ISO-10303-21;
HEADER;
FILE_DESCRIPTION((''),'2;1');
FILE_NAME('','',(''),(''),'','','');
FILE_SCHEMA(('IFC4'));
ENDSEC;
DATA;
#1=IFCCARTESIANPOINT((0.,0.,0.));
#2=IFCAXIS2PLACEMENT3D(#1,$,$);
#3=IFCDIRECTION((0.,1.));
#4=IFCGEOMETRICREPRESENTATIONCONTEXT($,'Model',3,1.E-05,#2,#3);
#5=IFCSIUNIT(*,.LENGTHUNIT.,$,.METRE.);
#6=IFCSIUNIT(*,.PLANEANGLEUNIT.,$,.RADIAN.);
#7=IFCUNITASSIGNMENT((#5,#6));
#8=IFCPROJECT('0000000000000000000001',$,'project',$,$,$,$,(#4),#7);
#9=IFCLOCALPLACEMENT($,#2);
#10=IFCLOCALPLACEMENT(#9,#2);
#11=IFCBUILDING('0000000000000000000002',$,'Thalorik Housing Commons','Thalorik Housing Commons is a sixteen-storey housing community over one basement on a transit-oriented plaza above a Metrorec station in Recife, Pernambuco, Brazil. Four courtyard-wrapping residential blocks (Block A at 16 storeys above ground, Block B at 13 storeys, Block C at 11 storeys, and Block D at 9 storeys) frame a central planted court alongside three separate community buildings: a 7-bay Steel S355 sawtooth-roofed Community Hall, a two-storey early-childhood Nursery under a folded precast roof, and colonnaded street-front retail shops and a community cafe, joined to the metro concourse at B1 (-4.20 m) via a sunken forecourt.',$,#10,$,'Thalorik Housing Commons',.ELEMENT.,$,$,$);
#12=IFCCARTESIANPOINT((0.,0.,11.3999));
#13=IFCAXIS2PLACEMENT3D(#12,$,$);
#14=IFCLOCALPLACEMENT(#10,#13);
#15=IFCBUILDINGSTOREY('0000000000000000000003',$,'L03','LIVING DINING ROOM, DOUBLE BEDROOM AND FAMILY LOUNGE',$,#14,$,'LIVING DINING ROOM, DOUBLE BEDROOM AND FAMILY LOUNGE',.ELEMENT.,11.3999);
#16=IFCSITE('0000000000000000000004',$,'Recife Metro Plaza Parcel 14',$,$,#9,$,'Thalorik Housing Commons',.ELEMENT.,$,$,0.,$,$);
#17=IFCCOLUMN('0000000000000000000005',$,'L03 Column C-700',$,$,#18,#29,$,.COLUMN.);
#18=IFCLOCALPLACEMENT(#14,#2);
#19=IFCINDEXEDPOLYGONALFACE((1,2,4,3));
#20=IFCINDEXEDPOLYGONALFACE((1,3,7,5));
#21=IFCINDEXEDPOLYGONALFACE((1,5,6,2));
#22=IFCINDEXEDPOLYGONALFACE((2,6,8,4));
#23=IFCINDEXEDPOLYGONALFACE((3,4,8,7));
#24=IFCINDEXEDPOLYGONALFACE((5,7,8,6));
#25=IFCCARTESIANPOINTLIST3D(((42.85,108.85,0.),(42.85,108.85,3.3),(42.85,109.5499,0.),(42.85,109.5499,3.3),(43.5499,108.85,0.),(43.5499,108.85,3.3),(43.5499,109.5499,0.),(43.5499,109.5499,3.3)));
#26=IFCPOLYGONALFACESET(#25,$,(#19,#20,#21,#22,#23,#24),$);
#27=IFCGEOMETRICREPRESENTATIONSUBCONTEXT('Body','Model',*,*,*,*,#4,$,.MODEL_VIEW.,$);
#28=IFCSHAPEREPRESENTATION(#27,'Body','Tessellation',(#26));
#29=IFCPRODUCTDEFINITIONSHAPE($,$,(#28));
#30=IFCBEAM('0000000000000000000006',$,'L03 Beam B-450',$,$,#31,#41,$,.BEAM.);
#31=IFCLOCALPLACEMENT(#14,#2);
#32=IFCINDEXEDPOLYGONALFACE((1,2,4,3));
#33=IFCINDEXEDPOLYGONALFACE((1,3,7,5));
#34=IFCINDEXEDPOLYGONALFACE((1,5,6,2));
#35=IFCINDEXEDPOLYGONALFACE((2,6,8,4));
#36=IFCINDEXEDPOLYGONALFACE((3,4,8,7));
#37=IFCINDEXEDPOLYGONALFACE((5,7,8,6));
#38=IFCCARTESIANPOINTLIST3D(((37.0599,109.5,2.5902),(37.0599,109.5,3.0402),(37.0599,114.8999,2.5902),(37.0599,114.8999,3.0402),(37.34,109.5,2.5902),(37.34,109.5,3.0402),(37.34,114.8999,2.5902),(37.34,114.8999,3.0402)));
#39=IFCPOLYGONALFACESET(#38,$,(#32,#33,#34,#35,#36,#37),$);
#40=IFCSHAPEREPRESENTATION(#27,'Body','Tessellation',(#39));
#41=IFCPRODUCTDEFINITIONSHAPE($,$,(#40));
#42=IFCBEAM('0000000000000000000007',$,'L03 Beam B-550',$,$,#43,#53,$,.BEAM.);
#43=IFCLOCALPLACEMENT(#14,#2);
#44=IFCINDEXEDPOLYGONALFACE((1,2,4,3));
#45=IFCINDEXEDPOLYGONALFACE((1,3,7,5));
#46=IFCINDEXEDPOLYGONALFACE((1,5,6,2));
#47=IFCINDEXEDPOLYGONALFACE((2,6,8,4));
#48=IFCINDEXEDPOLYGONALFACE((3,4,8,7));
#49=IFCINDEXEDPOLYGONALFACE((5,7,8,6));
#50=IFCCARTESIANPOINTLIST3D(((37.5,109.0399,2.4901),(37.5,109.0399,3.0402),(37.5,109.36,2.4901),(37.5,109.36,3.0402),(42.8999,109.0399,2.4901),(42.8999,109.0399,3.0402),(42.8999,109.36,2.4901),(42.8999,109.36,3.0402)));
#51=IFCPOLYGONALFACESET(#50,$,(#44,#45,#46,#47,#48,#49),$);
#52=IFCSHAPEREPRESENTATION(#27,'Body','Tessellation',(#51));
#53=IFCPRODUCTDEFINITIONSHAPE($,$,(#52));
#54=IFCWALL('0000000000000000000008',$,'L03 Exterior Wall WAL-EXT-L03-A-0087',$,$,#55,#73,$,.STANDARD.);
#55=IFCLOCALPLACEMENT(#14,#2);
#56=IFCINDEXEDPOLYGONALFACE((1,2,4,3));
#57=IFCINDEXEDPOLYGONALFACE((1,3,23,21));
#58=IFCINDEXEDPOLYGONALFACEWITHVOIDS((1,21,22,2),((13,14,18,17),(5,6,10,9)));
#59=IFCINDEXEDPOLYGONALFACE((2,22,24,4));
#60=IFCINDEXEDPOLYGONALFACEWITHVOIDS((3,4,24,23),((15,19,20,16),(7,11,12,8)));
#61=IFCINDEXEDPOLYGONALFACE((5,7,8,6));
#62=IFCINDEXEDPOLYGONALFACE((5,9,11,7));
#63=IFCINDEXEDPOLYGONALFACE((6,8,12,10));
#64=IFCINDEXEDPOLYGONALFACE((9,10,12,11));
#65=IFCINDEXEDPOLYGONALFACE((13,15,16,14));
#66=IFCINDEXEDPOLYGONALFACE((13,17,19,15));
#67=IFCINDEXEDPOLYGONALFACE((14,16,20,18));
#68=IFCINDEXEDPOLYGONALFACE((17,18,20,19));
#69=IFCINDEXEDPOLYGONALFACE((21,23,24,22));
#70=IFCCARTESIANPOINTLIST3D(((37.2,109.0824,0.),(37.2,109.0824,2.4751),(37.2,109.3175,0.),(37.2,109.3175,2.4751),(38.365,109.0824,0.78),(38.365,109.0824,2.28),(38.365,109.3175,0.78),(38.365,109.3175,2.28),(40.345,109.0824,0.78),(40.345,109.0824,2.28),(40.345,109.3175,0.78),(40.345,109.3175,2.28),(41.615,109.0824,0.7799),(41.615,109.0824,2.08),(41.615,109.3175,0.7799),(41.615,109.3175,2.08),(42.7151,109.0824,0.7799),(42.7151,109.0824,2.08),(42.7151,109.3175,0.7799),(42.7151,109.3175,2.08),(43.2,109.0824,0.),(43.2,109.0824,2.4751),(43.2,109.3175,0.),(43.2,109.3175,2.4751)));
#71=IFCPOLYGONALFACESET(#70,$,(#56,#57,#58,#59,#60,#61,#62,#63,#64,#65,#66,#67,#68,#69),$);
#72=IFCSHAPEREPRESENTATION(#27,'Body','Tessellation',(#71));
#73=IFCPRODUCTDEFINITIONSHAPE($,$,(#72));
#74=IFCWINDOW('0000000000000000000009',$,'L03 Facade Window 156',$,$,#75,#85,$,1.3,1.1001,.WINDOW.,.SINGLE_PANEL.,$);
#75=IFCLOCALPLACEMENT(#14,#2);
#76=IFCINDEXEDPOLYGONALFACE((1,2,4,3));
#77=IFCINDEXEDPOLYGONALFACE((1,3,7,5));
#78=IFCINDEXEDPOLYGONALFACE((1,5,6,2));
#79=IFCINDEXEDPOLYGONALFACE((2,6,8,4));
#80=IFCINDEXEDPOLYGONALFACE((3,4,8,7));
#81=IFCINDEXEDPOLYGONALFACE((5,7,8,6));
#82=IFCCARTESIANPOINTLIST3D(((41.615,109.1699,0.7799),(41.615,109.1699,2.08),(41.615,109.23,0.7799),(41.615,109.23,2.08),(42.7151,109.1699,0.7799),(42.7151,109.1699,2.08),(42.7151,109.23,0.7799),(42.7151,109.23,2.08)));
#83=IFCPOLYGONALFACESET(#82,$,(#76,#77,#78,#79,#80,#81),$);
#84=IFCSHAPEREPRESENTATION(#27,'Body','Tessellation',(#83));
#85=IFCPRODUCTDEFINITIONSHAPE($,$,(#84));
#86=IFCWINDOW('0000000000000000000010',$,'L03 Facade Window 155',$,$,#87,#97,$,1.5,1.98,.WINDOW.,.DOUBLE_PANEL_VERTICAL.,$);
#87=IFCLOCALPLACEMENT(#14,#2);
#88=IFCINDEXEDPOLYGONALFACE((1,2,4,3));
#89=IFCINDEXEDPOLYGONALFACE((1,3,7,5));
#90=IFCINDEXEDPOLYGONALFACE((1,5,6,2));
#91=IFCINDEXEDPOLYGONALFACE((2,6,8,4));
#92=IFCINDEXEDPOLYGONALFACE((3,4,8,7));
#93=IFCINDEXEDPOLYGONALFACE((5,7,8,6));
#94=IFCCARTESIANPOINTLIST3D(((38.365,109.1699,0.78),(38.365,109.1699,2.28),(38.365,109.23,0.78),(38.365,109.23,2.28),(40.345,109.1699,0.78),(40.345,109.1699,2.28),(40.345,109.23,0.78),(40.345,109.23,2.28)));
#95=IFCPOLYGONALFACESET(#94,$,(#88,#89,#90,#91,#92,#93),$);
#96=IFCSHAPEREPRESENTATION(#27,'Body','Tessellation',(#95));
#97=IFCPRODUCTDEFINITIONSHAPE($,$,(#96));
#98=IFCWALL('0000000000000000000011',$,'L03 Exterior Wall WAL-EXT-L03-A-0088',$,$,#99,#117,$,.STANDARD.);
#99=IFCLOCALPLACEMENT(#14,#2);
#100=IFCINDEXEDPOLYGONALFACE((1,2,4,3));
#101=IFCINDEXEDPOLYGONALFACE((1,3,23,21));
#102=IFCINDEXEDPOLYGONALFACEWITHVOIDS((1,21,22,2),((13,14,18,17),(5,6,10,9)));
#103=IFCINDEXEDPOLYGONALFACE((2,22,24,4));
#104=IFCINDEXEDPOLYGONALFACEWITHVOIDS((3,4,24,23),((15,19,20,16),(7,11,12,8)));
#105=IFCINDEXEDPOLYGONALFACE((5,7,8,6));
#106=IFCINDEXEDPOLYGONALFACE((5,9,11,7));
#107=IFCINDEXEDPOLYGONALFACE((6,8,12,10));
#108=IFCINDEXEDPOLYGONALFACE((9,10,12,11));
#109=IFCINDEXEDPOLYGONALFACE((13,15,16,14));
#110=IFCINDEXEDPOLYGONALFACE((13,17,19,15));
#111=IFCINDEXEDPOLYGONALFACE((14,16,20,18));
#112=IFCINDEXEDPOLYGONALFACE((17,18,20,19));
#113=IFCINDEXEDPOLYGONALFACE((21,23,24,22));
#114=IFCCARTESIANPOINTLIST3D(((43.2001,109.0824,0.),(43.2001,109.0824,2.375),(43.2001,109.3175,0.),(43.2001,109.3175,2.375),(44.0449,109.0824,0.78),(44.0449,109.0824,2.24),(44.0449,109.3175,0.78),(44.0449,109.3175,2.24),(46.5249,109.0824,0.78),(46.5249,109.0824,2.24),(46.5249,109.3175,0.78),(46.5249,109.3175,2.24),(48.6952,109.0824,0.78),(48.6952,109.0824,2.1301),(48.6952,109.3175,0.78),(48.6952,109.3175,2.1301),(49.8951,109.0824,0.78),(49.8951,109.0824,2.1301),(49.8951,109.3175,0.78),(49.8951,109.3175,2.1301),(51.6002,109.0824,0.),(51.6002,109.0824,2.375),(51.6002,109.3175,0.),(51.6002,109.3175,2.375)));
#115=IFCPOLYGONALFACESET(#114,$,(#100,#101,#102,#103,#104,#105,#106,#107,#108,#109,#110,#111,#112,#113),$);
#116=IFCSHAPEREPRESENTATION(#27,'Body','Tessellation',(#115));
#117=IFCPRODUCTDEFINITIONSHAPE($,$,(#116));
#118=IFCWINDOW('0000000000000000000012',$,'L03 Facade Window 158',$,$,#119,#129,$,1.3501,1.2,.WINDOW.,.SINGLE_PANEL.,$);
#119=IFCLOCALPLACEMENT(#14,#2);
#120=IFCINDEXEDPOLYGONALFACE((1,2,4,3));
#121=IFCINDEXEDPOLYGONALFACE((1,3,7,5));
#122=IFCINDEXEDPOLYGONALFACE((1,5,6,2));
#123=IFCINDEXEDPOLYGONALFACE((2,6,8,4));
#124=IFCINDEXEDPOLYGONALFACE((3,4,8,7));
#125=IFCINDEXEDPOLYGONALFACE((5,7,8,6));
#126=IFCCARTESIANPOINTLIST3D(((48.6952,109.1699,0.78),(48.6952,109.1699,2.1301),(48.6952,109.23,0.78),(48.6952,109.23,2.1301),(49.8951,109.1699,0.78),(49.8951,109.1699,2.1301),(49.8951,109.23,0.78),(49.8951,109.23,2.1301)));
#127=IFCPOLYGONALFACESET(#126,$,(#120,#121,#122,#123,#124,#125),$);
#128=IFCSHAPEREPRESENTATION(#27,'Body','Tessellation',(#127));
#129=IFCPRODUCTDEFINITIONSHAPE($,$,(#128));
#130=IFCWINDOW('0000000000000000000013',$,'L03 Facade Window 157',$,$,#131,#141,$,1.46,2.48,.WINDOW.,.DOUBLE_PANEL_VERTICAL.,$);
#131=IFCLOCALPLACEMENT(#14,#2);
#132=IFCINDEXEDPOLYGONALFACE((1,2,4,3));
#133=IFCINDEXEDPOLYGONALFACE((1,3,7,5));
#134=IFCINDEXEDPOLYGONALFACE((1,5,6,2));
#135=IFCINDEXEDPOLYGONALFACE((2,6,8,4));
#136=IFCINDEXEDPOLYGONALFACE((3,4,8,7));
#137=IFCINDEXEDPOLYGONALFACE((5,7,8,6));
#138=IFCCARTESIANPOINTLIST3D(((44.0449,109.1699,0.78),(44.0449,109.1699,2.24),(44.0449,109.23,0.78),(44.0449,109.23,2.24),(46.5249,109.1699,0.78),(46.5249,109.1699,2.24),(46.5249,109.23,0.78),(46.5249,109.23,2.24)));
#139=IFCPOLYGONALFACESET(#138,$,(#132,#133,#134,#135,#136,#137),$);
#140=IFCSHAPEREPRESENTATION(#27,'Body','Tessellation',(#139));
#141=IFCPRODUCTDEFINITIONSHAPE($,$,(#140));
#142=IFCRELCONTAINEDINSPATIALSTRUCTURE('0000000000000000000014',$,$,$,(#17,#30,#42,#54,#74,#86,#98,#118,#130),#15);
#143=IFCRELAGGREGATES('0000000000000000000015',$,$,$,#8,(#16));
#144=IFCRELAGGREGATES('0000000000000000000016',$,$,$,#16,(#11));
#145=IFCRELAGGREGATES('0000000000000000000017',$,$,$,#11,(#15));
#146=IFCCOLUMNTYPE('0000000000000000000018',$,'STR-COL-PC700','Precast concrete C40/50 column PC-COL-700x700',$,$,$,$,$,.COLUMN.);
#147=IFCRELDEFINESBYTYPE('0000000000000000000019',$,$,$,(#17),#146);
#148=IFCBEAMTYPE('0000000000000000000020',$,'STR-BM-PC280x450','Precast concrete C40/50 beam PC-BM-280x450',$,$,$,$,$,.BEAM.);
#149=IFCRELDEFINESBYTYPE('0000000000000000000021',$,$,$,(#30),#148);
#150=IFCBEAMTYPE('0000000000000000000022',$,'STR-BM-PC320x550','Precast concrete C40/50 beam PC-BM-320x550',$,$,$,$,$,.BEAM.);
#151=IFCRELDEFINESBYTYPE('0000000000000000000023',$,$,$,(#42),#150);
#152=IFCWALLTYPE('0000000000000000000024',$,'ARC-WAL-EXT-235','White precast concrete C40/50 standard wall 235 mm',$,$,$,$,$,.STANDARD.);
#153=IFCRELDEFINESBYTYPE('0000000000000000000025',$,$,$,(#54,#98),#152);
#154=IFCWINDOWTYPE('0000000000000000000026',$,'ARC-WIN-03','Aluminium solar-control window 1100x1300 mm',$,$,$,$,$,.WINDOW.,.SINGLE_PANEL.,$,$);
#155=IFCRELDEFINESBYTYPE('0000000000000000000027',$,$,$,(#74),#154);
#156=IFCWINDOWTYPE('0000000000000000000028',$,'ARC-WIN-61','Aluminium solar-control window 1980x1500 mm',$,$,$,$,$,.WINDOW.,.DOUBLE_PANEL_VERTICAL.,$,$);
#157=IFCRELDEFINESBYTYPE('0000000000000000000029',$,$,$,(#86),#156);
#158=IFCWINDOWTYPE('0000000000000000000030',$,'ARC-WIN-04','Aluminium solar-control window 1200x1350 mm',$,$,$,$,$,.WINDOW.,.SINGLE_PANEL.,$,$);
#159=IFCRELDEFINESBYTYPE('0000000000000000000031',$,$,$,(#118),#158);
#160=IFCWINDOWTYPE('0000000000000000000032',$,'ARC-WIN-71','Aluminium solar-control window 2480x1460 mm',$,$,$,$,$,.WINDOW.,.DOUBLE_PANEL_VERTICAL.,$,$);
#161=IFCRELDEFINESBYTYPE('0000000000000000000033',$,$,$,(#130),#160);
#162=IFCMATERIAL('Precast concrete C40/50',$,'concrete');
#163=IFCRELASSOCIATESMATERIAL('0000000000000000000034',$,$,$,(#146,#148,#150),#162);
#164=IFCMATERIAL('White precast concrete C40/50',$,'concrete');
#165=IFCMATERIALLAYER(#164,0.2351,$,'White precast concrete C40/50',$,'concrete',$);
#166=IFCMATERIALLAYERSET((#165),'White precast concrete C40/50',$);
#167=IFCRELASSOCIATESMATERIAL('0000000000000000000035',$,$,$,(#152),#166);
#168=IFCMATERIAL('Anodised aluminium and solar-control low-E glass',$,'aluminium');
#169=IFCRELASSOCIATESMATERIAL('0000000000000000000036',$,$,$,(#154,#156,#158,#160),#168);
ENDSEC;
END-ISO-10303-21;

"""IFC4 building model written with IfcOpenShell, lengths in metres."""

from ifc_helpers import new_model, si_unit, direction, frame, frame_2d, origin, origin_2d, place, context, subcontext, project, spatial, rectangle, extrude, material, layer, layer_set, material_profile, profile_set, type_object, element, fill, save


model = new_model("IFC4")

# Units and contexts
model_context = context("Model", 3, precision=1e-05, world=origin(), true_north=direction((0.0, 1.0)))
body_context = subcontext(model_context, "Body", "Model", "MODEL_VIEW")
ifc_project = project(units=[si_unit("LENGTHUNIT", "METRE"), si_unit("PLANEANGLEUNIT", "RADIAN")], contexts=[model_context])

# Site, building, storey
site_placement = place(None, origin())
site = spatial("IfcSite", under=ifc_project, at=site_placement, Name="Recife Metro Plaza Parcel 14", LongName="Thalorik Housing Commons", CompositionType="ELEMENT", RefElevation=0.0)
building_placement = place(site_placement, origin())
building = spatial("IfcBuilding", under=site, at=building_placement, Name="Thalorik Housing Commons", Description="Thalorik Housing Commons is a sixteen-storey housing community over one basement on a transit-oriented plaza above a Metrorec station in Recife, Pernambuco, Brazil. Four courtyard-wrapping residential blocks (Block A at 16 storeys above ground, Block B at 13 storeys, Block C at 11 storeys, and Block D at 9 storeys) frame a central planted court alongside three separate community buildings: a 7-bay Steel S355 sawtooth-roofed Community Hall, a two-storey early-childhood Nursery under a folded precast roof, and colonnaded street-front retail shops and a community cafe, joined to the metro concourse at B1 (-4.20 m) via a sunken forecourt.", LongName="Thalorik Housing Commons", CompositionType="ELEMENT")
storey_placement = place(building_placement, frame((0.0, 0.0, 11.3999)))
storey = spatial("IfcBuildingStorey", under=building, at=storey_placement, Name="L03", Description="LIVING DINING ROOM, DOUBLE BEDROOM AND FAMILY LOUNGE", LongName="LIVING DINING ROOM, DOUBLE BEDROOM AND FAMILY LOUNGE", CompositionType="ELEMENT", Elevation=11.3999)

# Column
ifc_material_1 = material(Name="Precast concrete C40/50", Category="concrete")
ifc_material_profile_1 = material_profile(ifc_material_1, rectangle(XDim=0.7, YDim=0.7, at=origin_2d()), Name="PC 700x700", Category="concrete")
ifc_profile_set_1 = profile_set([ifc_material_profile_1], Name="Precast concrete C40/50")
column_type = type_object("IfcColumnType", Name="STR-COL-PC700", Description="Precast concrete C40/50 column PC-COL-700x700", PredefinedType="COLUMN", material=ifc_profile_set_1)
column_placement = place(storey_placement, frame((43.2, 109.2, 0.0), z_axis=(0.0, 0.0, 1.0), x_axis=(1.0, 0.0, 0.0)))
element("IfcColumn", 1, at=column_placement, inside=storey, type_object=column_type, Name="L03 Column C-700", PredefinedType="COLUMN", context=body_context, shape_type="SweptSolid", body=[
    extrude(rectangle(XDim=0.7, YDim=0.7, at=origin_2d()), origin(), (0.0, 0.0, 1.0), 3.3),
])

# Beams
ifc_material_profile_2 = material_profile(ifc_material_1, rectangle(XDim=0.28, YDim=0.45, at=origin_2d()), Name="PC 280x450", Category="concrete")
ifc_profile_set_2 = profile_set([ifc_material_profile_2], Name="Precast concrete C40/50")
beam_type_1 = type_object("IfcBeamType", Name="STR-BM-PC280x450", Description="Precast concrete C40/50 beam PC-BM-280x450", PredefinedType="BEAM", material=ifc_profile_set_2)
beam_1_placement = place(storey_placement, frame((37.2, 109.5, 2.8152), z_axis=(0.0, 1.0, 0.0), x_axis=(-1.0, 0.0, 0.0)))
element("IfcBeam", 2, at=beam_1_placement, inside=storey, type_object=beam_type_1, Name="L03 Beam B-450", PredefinedType="BEAM", context=body_context, shape_type="SweptSolid", body=[
    extrude(rectangle(XDim=0.28, YDim=0.45, at=origin_2d()), origin(), (0.0, 0.0, 1.0), 5.3999),
])
ifc_material_profile_3 = material_profile(ifc_material_1, rectangle(XDim=0.3201, YDim=0.55, at=origin_2d()), Name="PC 320x550", Category="concrete")
ifc_profile_set_3 = profile_set([ifc_material_profile_3], Name="Precast concrete C40/50")
beam_type_2 = type_object("IfcBeamType", Name="STR-BM-PC320x550", Description="Precast concrete C40/50 beam PC-BM-320x550", PredefinedType="BEAM", material=ifc_profile_set_3)
beam_2_placement = place(storey_placement, frame((37.5, 109.2, 2.7651), z_axis=(1.0, 0.0, 0.0), x_axis=(0.0, 1.0, 0.0)))
element("IfcBeam", 3, at=beam_2_placement, inside=storey, type_object=beam_type_2, Name="L03 Beam B-550", PredefinedType="BEAM", context=body_context, shape_type="SweptSolid", body=[
    extrude(rectangle(XDim=0.3201, YDim=0.55, at=origin_2d()), origin(), (0.0, 0.0, 1.0), 5.3999),
])

# Walls, openings, windows
ifc_material_2 = material(Name="White precast concrete C40/50", Category="concrete")
ifc_layer_1 = layer(ifc_material_2, 0.2351, Name="White precast concrete C40/50", Category="concrete")
ifc_layer_set_1 = layer_set([ifc_layer_1], Name="White precast concrete C40/50")
wall_type_1 = type_object("IfcWallType", Name="ARC-WAL-EXT-235", Description="White precast concrete C40/50 standard wall 235 mm", PredefinedType="STANDARD", material=ifc_layer_set_1)
wall_1_placement = place(storey_placement, frame((37.2, 109.2, 0.0), z_axis=(0.0, 0.0, 1.0), x_axis=(1.0, 0.0, 0.0)))
wall_1 = element("IfcWall", 4, at=wall_1_placement, inside=storey, type_object=wall_type_1, Name="L03 Exterior Wall WAL-EXT-L03-A-0087", PredefinedType="STANDARD", context=body_context, shape_type="SweptSolid", body=[
    extrude(rectangle(XDim=6.0, YDim=0.2351, at=frame_2d((3.0, 0.0))), origin(), (0.0, 0.0, 1.0), 2.4751),
])
opening_1_placement = place(wall_1_placement, frame((1.165, 0.0, 0.78)))
opening_1 = element("IfcOpeningElement", 5, at=opening_1_placement, cuts=wall_1, PredefinedType="OPENING", context=body_context, shape_type="SweptSolid", body=[
    extrude(rectangle(XDim=1.98, YDim=1.5, at=frame_2d((0.99, 0.75))), frame((0.0, 0.1274, 0.0), z_axis=(0.0, -1.0, 0.0), x_axis=(1.0, 0.0, 0.0)), (0.0, 0.0, 1.0), 0.2551),
])
opening_2_placement = place(wall_1_placement, frame((4.415, 0.0, 0.78)))
opening_2 = element("IfcOpeningElement", 6, at=opening_2_placement, cuts=wall_1, PredefinedType="OPENING", context=body_context, shape_type="SweptSolid", body=[
    extrude(rectangle(XDim=1.1001, YDim=1.3, at=frame_2d((0.55, 0.6499))), frame((0.0, 0.1274, 0.0), z_axis=(0.0, -1.0, 0.0), x_axis=(1.0, 0.0, 0.0)), (0.0, 0.0, 1.0), 0.2551),
])
ifc_material_3 = material(Name="Anodised aluminium and solar-control low-E glass", Category="aluminium")
window_type_1 = type_object("IfcWindowType", Name="ARC-WIN-03", Description="Aluminium solar-control window 1100x1300 mm", PartitioningType="SINGLE_PANEL", PredefinedType="WINDOW", material=ifc_material_3)
window_1_placement = place(opening_2_placement, origin())
window_1 = element("IfcWindow", 7, at=window_1_placement, inside=storey, type_object=window_type_1, Name="L03 Facade Window 156", OverallHeight=1.3, OverallWidth=1.1001, PartitioningType="SINGLE_PANEL", PredefinedType="WINDOW", context=body_context, shape_type="SweptSolid", body=[
    extrude(rectangle(XDim=1.1001, YDim=1.3, at=frame_2d((0.55, 0.6499))), frame((0.0, 0.03, 0.0), z_axis=(0.0, -1.0, 0.0), x_axis=(1.0, 0.0, 0.0)), (0.0, 0.0, 1.0), 0.0601),
])
fill(opening_2, window_1)
window_type_2 = type_object("IfcWindowType", Name="ARC-WIN-61", Description="Aluminium solar-control window 1980x1500 mm", PartitioningType="DOUBLE_PANEL_VERTICAL", PredefinedType="WINDOW", material=ifc_material_3)
window_2_placement = place(opening_1_placement, origin())
window_2 = element("IfcWindow", 8, at=window_2_placement, inside=storey, type_object=window_type_2, Name="L03 Facade Window 155", OverallHeight=1.5, OverallWidth=1.98, PartitioningType="DOUBLE_PANEL_VERTICAL", PredefinedType="WINDOW", context=body_context, shape_type="SweptSolid", body=[
    extrude(rectangle(XDim=1.98, YDim=1.5, at=frame_2d((0.99, 0.75))), frame((0.0, 0.03, 0.0), z_axis=(0.0, -1.0, 0.0), x_axis=(1.0, 0.0, 0.0)), (0.0, 0.0, 1.0), 0.0601),
])
fill(opening_1, window_2)
wall_2_placement = place(storey_placement, frame((43.2, 109.2, 0.0), z_axis=(0.0, 0.0, 1.0), x_axis=(1.0, 0.0, 0.0)))
wall_2 = element("IfcWall", 9, at=wall_2_placement, inside=storey, type_object=wall_type_1, Name="L03 Exterior Wall WAL-EXT-L03-A-0088", PredefinedType="STANDARD", context=body_context, shape_type="SweptSolid", body=[
    extrude(rectangle(XDim=8.4001, YDim=0.2351, at=frame_2d((4.2002, 0.0))), origin(), (0.0, 0.0, 1.0), 2.375),
])
opening_3_placement = place(wall_2_placement, frame((0.845, 0.0, 0.78)))
opening_3 = element("IfcOpeningElement", 10, at=opening_3_placement, cuts=wall_2, PredefinedType="OPENING", context=body_context, shape_type="SweptSolid", body=[
    extrude(rectangle(XDim=2.48, YDim=1.46, at=frame_2d((1.24, 0.73))), frame((0.0, 0.1274, 0.0), z_axis=(0.0, -1.0, 0.0), x_axis=(1.0, 0.0, 0.0)), (0.0, 0.0, 1.0), 0.2551),
])
opening_4_placement = place(wall_2_placement, frame((5.4951, 0.0, 0.78)))
opening_4 = element("IfcOpeningElement", 11, at=opening_4_placement, cuts=wall_2, PredefinedType="OPENING", context=body_context, shape_type="SweptSolid", body=[
    extrude(rectangle(XDim=1.2, YDim=1.3501, at=frame_2d((0.6001, 0.675))), frame((0.0, 0.1274, 0.0), z_axis=(0.0, -1.0, 0.0), x_axis=(1.0, 0.0, 0.0)), (0.0, 0.0, 1.0), 0.2551),
])
window_type_3 = type_object("IfcWindowType", Name="ARC-WIN-04", Description="Aluminium solar-control window 1200x1350 mm", PartitioningType="SINGLE_PANEL", PredefinedType="WINDOW", material=ifc_material_3)
window_3_placement = place(opening_4_placement, origin())
window_3 = element("IfcWindow", 12, at=window_3_placement, inside=storey, type_object=window_type_3, Name="L03 Facade Window 158", OverallHeight=1.3501, OverallWidth=1.2, PartitioningType="SINGLE_PANEL", PredefinedType="WINDOW", context=body_context, shape_type="SweptSolid", body=[
    extrude(rectangle(XDim=1.2, YDim=1.3501, at=frame_2d((0.6001, 0.675))), frame((0.0, 0.03, 0.0), z_axis=(0.0, -1.0, 0.0), x_axis=(1.0, 0.0, 0.0)), (0.0, 0.0, 1.0), 0.0601),
])
fill(opening_4, window_3)
window_type_4 = type_object("IfcWindowType", Name="ARC-WIN-71", Description="Aluminium solar-control window 2480x1460 mm", PartitioningType="DOUBLE_PANEL_VERTICAL", PredefinedType="WINDOW", material=ifc_material_3)
window_4_placement = place(opening_3_placement, origin())
window_4 = element("IfcWindow", 13, at=window_4_placement, inside=storey, type_object=window_type_4, Name="L03 Facade Window 157", OverallHeight=1.46, OverallWidth=2.48, PartitioningType="DOUBLE_PANEL_VERTICAL", PredefinedType="WINDOW", context=body_context, shape_type="SweptSolid", body=[
    extrude(rectangle(XDim=2.48, YDim=1.46, at=frame_2d((1.24, 0.73))), frame((0.0, 0.03, 0.0), z_axis=(0.0, -1.0, 0.0), x_axis=(1.0, 0.0, 0.0)), (0.0, 0.0, 1.0), 0.0601),
])
fill(opening_3, window_4)

save(model, "model.ifc")
